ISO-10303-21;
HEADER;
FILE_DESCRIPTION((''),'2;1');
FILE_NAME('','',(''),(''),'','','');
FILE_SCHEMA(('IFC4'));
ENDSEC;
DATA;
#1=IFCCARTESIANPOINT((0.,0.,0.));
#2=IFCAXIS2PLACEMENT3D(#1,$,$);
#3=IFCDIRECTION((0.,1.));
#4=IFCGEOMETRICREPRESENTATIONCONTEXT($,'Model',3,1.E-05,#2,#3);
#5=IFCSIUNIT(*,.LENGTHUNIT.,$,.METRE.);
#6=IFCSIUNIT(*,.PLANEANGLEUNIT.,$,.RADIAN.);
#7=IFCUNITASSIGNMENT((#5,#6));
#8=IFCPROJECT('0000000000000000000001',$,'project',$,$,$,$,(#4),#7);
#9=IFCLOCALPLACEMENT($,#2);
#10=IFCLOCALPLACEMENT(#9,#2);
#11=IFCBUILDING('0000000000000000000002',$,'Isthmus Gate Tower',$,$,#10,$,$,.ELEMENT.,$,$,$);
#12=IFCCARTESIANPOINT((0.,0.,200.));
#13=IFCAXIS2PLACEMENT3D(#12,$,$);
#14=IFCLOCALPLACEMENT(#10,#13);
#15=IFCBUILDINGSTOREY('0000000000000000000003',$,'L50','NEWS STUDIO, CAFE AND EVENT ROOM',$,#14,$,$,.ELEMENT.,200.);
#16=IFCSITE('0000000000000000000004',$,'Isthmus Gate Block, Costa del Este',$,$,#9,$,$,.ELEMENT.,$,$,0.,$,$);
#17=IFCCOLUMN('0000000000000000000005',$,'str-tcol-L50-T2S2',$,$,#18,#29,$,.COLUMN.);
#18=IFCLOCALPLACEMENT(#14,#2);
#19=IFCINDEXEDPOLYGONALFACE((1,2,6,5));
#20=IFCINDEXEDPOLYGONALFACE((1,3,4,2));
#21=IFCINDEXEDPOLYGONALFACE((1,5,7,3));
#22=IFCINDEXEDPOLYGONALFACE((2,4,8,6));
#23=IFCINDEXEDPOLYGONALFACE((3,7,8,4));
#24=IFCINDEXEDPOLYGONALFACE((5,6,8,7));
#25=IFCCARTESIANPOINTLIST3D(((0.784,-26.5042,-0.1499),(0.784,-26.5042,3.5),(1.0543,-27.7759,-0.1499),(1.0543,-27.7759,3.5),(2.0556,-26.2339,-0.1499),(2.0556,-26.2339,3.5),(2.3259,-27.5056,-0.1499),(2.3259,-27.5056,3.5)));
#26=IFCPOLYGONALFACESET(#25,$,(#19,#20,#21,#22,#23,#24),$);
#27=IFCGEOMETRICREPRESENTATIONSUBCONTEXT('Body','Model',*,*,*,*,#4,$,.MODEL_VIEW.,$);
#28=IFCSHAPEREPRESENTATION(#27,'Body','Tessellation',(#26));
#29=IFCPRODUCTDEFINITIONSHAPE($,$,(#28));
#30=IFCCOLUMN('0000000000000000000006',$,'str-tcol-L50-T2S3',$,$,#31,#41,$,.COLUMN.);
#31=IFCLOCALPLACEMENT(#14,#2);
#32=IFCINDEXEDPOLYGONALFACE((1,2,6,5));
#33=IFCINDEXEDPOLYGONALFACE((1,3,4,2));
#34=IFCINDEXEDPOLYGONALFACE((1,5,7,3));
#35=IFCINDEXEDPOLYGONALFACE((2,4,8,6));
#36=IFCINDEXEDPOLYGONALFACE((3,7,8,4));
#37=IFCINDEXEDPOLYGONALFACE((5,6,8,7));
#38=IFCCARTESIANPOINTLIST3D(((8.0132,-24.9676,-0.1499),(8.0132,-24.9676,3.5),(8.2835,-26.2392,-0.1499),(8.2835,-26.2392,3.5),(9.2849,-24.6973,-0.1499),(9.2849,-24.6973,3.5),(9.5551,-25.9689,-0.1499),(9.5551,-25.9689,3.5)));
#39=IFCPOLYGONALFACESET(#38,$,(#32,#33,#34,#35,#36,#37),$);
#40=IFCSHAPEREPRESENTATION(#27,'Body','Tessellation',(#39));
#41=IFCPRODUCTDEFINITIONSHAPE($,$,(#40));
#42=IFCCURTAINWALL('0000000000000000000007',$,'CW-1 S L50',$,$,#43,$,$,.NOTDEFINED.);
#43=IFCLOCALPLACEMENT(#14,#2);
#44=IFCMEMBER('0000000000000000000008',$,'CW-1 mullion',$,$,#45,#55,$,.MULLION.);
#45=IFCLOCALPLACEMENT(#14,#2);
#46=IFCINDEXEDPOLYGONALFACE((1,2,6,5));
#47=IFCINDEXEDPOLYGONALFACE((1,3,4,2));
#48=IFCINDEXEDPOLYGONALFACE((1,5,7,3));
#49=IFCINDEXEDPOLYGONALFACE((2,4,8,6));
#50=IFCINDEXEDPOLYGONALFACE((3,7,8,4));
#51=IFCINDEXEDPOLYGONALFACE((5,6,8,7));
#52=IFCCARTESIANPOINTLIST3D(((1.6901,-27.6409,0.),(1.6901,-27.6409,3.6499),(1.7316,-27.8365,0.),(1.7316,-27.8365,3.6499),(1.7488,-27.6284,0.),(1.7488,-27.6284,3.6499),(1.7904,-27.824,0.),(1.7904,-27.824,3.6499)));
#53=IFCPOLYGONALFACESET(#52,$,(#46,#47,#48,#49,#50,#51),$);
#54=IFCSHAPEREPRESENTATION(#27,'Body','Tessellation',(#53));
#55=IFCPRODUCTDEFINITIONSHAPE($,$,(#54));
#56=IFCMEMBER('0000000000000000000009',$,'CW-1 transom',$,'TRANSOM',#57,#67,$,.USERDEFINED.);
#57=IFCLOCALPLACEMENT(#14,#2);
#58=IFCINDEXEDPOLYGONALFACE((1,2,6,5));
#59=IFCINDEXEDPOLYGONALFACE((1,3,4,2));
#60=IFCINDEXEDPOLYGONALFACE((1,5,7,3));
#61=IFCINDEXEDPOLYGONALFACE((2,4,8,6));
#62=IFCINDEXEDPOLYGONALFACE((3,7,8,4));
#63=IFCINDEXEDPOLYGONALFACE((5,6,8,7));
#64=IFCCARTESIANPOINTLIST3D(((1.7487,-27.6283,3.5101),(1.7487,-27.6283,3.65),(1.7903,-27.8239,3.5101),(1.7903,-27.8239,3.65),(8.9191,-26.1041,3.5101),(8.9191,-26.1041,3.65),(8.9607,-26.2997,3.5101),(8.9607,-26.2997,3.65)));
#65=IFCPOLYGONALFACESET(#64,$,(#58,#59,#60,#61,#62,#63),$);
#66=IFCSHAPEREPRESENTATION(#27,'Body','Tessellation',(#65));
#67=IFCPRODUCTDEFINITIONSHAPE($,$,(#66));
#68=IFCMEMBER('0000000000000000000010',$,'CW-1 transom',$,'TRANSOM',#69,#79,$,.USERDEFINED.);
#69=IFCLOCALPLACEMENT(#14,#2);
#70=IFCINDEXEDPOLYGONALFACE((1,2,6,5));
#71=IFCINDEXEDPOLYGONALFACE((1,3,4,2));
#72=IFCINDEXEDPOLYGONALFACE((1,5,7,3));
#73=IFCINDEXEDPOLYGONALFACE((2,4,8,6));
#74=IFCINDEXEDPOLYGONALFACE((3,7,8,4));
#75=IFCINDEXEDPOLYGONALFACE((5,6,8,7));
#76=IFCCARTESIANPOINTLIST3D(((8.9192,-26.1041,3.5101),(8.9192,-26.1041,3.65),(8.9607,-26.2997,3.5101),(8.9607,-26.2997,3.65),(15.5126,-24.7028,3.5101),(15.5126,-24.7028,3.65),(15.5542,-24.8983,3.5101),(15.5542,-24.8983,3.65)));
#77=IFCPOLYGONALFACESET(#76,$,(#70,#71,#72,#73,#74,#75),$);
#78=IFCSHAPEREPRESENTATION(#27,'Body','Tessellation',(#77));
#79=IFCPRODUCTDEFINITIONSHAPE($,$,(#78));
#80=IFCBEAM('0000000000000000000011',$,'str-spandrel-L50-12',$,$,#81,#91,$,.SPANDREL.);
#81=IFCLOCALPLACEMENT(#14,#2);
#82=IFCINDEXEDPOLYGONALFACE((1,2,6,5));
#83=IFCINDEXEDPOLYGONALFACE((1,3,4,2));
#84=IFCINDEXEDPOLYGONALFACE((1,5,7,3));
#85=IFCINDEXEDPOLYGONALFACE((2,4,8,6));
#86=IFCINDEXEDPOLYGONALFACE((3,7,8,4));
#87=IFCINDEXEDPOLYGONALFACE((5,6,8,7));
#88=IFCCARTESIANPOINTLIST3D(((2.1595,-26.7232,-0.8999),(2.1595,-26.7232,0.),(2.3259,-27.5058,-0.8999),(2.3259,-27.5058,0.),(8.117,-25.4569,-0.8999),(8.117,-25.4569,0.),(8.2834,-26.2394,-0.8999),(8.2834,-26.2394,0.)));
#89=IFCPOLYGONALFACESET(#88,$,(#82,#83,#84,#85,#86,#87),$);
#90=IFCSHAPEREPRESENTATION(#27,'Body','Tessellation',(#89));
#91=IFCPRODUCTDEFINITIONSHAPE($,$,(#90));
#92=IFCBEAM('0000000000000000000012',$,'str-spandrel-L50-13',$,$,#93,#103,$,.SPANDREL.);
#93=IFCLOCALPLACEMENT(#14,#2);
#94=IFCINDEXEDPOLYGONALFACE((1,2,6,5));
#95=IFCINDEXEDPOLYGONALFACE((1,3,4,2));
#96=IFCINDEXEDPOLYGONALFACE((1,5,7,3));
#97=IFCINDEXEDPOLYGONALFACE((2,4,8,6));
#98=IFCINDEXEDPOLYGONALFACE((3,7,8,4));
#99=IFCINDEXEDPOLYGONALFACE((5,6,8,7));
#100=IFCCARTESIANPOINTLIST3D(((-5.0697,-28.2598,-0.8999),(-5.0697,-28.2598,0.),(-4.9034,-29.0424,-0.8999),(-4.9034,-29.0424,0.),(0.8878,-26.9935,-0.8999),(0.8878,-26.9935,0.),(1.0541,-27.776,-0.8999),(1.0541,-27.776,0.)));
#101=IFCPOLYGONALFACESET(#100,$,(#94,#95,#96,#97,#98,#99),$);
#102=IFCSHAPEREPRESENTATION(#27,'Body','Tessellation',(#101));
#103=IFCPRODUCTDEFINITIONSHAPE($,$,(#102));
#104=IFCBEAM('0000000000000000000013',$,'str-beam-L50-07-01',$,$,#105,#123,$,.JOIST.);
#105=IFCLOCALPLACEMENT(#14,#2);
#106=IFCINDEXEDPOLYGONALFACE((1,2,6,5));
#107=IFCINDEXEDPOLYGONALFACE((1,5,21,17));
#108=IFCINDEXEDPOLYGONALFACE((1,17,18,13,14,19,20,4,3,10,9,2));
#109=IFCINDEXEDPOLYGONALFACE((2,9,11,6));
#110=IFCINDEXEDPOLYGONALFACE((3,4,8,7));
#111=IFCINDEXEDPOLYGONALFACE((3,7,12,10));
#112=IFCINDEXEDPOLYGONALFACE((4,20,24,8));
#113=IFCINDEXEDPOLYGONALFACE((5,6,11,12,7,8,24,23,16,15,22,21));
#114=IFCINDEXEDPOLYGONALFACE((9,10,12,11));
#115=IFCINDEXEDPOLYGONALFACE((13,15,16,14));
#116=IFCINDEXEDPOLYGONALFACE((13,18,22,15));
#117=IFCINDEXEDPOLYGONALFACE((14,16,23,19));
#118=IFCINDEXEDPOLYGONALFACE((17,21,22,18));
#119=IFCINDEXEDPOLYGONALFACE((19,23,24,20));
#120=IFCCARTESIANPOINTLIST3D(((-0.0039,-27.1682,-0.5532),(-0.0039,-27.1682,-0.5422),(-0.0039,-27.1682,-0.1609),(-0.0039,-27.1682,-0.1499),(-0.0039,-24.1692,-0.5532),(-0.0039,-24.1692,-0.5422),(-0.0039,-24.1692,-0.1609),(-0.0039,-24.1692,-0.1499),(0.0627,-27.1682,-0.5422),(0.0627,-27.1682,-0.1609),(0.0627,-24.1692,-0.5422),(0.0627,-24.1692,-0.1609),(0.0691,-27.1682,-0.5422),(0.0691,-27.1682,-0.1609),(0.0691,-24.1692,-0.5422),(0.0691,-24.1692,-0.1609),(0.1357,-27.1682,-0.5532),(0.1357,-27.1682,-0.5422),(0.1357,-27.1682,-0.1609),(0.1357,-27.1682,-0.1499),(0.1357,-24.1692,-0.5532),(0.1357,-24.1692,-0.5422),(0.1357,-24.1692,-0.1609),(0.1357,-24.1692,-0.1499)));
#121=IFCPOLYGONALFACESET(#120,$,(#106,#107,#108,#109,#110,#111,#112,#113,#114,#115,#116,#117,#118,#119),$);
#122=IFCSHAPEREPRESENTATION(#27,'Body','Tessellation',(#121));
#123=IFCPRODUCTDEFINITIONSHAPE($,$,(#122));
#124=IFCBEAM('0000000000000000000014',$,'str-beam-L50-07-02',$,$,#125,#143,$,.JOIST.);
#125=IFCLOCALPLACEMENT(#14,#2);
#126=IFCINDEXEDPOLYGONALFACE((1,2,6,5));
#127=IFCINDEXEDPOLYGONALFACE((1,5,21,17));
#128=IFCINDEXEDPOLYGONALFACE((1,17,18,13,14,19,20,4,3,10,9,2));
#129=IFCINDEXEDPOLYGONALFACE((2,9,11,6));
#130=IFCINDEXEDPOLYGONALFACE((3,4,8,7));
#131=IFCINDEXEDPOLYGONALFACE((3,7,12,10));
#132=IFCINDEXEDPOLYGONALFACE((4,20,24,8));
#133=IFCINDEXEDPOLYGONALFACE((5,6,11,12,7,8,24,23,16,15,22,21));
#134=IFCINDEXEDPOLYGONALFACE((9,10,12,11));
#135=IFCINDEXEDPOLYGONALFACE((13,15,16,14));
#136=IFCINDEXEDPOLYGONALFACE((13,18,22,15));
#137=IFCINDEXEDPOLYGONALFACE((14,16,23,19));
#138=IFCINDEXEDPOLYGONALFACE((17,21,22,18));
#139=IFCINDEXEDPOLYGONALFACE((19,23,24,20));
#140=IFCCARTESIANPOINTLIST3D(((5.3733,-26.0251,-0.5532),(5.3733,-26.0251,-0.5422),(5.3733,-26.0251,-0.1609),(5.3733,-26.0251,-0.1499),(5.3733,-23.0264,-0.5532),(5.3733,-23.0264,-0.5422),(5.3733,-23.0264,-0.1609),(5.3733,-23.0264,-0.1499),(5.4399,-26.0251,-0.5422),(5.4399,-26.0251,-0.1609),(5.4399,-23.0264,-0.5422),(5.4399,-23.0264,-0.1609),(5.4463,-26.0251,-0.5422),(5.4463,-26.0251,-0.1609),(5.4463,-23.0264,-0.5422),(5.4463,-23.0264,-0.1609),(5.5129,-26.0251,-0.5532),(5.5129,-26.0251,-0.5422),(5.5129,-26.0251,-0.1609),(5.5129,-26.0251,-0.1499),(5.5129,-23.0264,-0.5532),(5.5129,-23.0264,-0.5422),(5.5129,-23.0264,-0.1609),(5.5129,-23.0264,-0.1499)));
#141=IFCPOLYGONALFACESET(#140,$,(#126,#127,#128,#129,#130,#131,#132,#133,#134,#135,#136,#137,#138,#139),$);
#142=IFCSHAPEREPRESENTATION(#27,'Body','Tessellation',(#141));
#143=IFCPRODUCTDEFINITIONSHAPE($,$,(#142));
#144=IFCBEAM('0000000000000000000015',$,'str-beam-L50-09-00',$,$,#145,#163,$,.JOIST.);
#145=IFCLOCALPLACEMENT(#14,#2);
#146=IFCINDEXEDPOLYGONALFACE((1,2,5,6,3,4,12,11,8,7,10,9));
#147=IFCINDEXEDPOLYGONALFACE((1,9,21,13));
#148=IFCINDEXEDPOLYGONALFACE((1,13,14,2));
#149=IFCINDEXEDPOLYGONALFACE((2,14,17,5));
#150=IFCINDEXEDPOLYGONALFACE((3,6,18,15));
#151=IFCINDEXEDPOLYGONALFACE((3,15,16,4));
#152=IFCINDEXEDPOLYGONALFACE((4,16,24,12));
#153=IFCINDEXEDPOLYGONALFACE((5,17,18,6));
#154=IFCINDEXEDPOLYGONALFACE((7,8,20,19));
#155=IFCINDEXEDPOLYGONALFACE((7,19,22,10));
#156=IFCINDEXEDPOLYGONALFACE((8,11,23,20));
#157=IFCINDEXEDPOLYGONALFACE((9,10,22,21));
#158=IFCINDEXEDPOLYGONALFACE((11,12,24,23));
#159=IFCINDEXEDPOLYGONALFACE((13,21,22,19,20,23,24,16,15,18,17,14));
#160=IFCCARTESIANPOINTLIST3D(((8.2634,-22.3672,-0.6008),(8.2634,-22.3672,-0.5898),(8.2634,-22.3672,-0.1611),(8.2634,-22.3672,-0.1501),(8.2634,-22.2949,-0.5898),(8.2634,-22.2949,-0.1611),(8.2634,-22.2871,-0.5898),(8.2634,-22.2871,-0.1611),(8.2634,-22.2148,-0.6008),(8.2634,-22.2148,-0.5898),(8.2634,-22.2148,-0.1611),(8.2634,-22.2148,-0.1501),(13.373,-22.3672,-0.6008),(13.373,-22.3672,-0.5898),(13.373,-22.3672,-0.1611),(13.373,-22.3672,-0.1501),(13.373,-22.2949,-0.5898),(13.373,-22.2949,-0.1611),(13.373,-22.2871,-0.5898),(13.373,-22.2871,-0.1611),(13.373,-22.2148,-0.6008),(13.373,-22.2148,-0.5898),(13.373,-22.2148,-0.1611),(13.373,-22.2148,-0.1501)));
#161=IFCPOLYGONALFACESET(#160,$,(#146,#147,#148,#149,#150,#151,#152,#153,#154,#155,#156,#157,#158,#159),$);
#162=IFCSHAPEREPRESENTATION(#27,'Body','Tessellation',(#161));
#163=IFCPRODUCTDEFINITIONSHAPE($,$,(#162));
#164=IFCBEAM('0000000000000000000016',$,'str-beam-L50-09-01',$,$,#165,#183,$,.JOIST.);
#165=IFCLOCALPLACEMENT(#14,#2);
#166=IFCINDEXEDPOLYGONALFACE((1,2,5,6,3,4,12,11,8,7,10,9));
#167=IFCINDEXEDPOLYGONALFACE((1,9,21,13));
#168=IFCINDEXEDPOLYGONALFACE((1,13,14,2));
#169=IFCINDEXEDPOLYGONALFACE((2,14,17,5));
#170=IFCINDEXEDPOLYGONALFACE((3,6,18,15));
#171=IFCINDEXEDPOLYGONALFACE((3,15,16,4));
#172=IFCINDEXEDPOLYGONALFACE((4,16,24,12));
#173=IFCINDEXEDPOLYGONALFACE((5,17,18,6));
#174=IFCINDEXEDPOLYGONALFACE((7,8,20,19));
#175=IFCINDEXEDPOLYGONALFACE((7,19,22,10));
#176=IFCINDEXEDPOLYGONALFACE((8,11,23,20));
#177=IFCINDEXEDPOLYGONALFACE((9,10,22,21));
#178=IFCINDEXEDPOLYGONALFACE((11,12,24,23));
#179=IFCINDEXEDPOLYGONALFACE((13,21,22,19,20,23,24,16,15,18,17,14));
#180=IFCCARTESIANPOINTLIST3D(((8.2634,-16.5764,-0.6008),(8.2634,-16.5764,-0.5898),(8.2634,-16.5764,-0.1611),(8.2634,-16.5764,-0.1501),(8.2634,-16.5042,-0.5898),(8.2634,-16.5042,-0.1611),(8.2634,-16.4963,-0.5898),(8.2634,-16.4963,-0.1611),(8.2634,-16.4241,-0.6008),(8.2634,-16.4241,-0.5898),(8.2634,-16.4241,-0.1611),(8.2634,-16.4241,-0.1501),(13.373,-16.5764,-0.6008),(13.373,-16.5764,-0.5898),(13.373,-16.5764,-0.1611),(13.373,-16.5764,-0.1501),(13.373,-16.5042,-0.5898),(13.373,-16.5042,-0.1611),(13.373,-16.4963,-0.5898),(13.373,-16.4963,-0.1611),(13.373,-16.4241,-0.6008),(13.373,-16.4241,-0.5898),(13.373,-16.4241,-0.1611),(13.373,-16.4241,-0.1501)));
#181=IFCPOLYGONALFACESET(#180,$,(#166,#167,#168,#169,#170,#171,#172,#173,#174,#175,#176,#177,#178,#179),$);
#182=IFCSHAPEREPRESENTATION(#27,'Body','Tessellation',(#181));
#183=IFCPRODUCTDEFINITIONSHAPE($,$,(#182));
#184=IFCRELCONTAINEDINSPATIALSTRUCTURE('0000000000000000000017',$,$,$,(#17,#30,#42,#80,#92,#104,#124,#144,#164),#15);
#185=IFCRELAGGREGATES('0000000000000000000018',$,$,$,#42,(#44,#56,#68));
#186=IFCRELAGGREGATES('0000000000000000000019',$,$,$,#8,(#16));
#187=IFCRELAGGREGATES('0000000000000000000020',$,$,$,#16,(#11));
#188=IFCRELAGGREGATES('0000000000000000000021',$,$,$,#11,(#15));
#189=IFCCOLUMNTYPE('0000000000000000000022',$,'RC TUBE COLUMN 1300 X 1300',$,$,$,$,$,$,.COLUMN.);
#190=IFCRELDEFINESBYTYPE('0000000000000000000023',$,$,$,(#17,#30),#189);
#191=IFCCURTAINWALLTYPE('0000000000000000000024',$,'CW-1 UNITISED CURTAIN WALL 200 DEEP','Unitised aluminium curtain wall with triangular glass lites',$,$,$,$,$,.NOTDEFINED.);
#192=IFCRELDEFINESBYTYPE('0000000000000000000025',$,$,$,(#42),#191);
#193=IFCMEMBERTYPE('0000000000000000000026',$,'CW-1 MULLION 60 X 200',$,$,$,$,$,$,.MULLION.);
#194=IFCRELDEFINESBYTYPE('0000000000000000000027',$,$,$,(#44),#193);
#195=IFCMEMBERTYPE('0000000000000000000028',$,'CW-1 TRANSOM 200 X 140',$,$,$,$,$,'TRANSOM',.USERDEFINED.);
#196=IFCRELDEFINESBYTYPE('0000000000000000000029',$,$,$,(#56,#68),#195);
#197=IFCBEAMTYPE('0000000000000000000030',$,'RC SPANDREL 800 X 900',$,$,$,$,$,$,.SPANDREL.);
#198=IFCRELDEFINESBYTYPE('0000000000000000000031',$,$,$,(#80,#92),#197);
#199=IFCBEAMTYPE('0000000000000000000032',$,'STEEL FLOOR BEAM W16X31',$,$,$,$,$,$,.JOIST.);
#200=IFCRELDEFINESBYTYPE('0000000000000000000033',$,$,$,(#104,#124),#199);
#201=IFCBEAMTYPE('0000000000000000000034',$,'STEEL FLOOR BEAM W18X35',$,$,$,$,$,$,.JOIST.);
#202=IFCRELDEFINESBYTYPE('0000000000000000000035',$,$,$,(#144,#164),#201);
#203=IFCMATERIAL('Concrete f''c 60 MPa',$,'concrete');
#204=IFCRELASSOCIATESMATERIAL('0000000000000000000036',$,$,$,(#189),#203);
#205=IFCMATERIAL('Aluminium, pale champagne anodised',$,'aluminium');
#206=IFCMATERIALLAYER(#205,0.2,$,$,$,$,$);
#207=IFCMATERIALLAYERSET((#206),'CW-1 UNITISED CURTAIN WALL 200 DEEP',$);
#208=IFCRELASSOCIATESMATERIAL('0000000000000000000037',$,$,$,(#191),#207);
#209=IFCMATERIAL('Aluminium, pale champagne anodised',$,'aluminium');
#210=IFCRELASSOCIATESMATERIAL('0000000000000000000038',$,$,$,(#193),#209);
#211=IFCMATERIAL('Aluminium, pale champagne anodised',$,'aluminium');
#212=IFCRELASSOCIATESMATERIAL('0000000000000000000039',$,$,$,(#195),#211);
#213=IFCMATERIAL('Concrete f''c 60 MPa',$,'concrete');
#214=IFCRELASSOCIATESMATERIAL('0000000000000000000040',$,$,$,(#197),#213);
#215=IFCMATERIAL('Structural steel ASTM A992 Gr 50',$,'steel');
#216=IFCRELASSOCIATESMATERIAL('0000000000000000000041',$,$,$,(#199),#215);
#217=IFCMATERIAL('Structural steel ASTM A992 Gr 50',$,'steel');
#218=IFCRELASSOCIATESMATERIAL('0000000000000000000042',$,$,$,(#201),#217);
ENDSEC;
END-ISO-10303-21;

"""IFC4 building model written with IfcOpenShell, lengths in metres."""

from ifc_helpers import new_model, si_unit, direction, frame, origin, origin_2d, place, context, subcontext, project, spatial, rectangle, i_section, extrude, material, layer, layer_set, material_profile, profile_set, type_object, element, aggregate, save


model = new_model("IFC4")

# Units and contexts
model_context = context("Model", 3, precision=1e-05, world=origin(), true_north=direction((0.0, 1.0)))
body_context = subcontext(model_context, "Body", "Model", "MODEL_VIEW")
ifc_project = project(units=[si_unit("LENGTHUNIT", "METRE"), si_unit("PLANEANGLEUNIT", "RADIAN")], contexts=[model_context])

# Site, building, storey
site_placement = place(None, origin())
site = spatial("IfcSite", under=ifc_project, at=site_placement, Name="Isthmus Gate Block, Costa del Este", CompositionType="ELEMENT", RefElevation=0.0)
building_placement = place(site_placement, origin())
building = spatial("IfcBuilding", under=site, at=building_placement, Name="Isthmus Gate Tower", CompositionType="ELEMENT")
storey_placement = place(building_placement, frame((0.0, 0.0, 200.0)))
storey = spatial("IfcBuildingStorey", under=building, at=storey_placement, Name="L50", Description="NEWS STUDIO, CAFE AND EVENT ROOM", CompositionType="ELEMENT", Elevation=200.0)

# Columns
ifc_material_1 = material(Name="Concrete f'c 60 MPa", Category="concrete")
ifc_material_profile_1 = material_profile(ifc_material_1, rectangle(XDim=1.3, YDim=1.3, at=origin_2d()), Name="RC 1300X1300")
ifc_profile_set_1 = profile_set([ifc_material_profile_1], Name="Concrete f'c 60 MPa")
column_type = type_object("IfcColumnType", Name="RC TUBE COLUMN 1300 X 1300", PredefinedType="COLUMN", material=ifc_profile_set_1)
for number, where, z_axis, x_axis, name in (
    (1, (1.5549, -27.0049, -0.1499), (0.0, 0.0, 1.0), (0.978148, 0.207912, 0.0), "str-tcol-L50-T2S2"),
    (2, (8.7842, -25.4683, -0.1499), (0.0, 0.0, 1.0), (0.978148, 0.207912, 0.0), "str-tcol-L50-T2S3"),
):
    element("IfcColumn", number, at=place(storey_placement, frame(where, z_axis=z_axis, x_axis=x_axis)), inside=storey, type_object=column_type, Name=name, PredefinedType="COLUMN", context=body_context, shape_type="SweptSolid", body=[
        extrude(rectangle(XDim=1.3, YDim=1.3, at=origin_2d()), origin(), (0.0, 0.0, 1.0), 3.6499),
    ])

# Curtain wall, members
ifc_material_2 = material(Name="Aluminium, pale champagne anodised", Category="aluminium")
ifc_layer_1 = layer(ifc_material_2, 0.2)
ifc_layer_set_1 = layer_set([ifc_layer_1], Name="CW-1 UNITISED CURTAIN WALL 200 DEEP")
curtain_wall_type = type_object("IfcCurtainWallType", Name="CW-1 UNITISED CURTAIN WALL 200 DEEP", Description="Unitised aluminium curtain wall with triangular glass lites", PredefinedType="NOTDEFINED", material=ifc_layer_set_1)
curtain_wall_placement = place(storey_placement, origin())
curtain_wall = element("IfcCurtainWall", 3, at=curtain_wall_placement, inside=storey, type_object=curtain_wall_type, Name="CW-1 S L50", PredefinedType="NOTDEFINED")
ifc_material_3 = material(Name="Aluminium, pale champagne anodised", Category="aluminium")
ifc_material_profile_2 = material_profile(ifc_material_3, rectangle(XDim=0.0601, YDim=0.2, at=origin_2d()), Name="60x200")
ifc_profile_set_2 = profile_set([ifc_material_profile_2], Name="Aluminium, pale champagne anodised")
member_type_1 = type_object("IfcMemberType", Name="CW-1 MULLION 60 X 200", PredefinedType="MULLION", material=ifc_profile_set_2)
member_1_placement = place(storey_placement, frame((1.7402, -27.7324, 0.0), z_axis=(0.0, 0.0, 1.0), x_axis=(0.978148, 0.207912, 0.0)))
member_1 = element("IfcMember", 4, at=member_1_placement, type_object=member_type_1, Name="CW-1 mullion", PredefinedType="MULLION", context=body_context, shape_type="SweptSolid", body=[
    extrude(rectangle(XDim=0.0601, YDim=0.2, at=origin_2d()), origin(), (0.0, 0.0, 1.0), 3.6499),
])
ifc_material_4 = material(Name="Aluminium, pale champagne anodised", Category="aluminium")
ifc_material_profile_3 = material_profile(ifc_material_4, rectangle(XDim=0.2, YDim=0.1399, at=origin_2d()), Name="200x140")
ifc_profile_set_3 = profile_set([ifc_material_profile_3], Name="Aluminium, pale champagne anodised")
member_type_2 = type_object("IfcMemberType", Name="CW-1 TRANSOM 200 X 140", ElementType="TRANSOM", PredefinedType="USERDEFINED", material=ifc_profile_set_3)
member_2_placement = place(storey_placement, frame((1.7695, -27.7261, 3.5801), z_axis=(0.978146, 0.207919, 0.0), x_axis=(-0.207919, 0.978146, 0.0)))
member_2 = element("IfcMember", 5, at=member_2_placement, type_object=member_type_2, Name="CW-1 transom", ObjectType="TRANSOM", PredefinedType="USERDEFINED", context=body_context, shape_type="SweptSolid", body=[
    extrude(rectangle(XDim=0.2, YDim=0.1399, at=origin_2d()), origin(), (0.0, 0.0, 1.0), 7.3306),
])
member_3_placement = place(storey_placement, frame((8.9399, -26.2019, 3.5801), z_axis=(0.978151, 0.207894, 0.0), x_axis=(-0.207894, 0.978151, 0.0)))
member_3 = element("IfcMember", 6, at=member_3_placement, type_object=member_type_2, Name="CW-1 transom", ObjectType="TRANSOM", PredefinedType="USERDEFINED", context=body_context, shape_type="SweptSolid", body=[
    extrude(rectangle(XDim=0.2, YDim=0.1399, at=origin_2d()), origin(), (0.0, 0.0, 1.0), 6.7407),
])

# Beams
ifc_material_5 = material(Name="Concrete f'c 60 MPa", Category="concrete")
ifc_material_profile_4 = material_profile(ifc_material_5, rectangle(XDim=0.8, YDim=0.8999, at=origin_2d()), Name="RC 800X900")
ifc_profile_set_4 = profile_set([ifc_material_profile_4], Name="Concrete f'c 60 MPa")
beam_type_1 = type_object("IfcBeamType", Name="RC SPANDREL 800 X 900", PredefinedType="SPANDREL", material=ifc_profile_set_4)
for number, where, z_axis, x_axis, name in (
    (7, (8.2002, -25.8481, -0.45), (-0.978146, -0.207919, 0.0), (0.207919, -0.978146, 0.0), "str-spandrel-L50-12"),
    (8, (0.9709, -27.3848, -0.45), (-0.978146, -0.207919, 0.0), (0.207919, -0.978146, 0.0), "str-spandrel-L50-13"),
):
    element("IfcBeam", number, at=place(storey_placement, frame(where, z_axis=z_axis, x_axis=x_axis)), inside=storey, type_object=beam_type_1, Name=name, PredefinedType="SPANDREL", context=body_context, shape_type="SweptSolid", body=[
        extrude(rectangle(XDim=0.8, YDim=0.8999, at=origin_2d()), origin(), (0.0, 0.0, 1.0), 6.0906),
    ])
ifc_material_6 = material(Name="Structural steel ASTM A992 Gr 50", Category="steel")
ifc_material_profile_5 = material_profile(ifc_material_6, i_section(OverallWidth=0.1396, OverallDepth=0.4033, WebThickness=0.0063, FlangeThickness=0.011, at=origin_2d()), Name="W16X31")
ifc_profile_set_5 = profile_set([ifc_material_profile_5], Name="Structural steel ASTM A992 Gr 50")
beam_type_2 = type_object("IfcBeamType", Name="STEEL FLOOR BEAM W16X31", PredefinedType="JOIST", material=ifc_profile_set_5)
beam_1_placement = place(storey_placement, frame((0.0659, -27.1682, -0.3516), z_axis=(0.0, 1.0, 0.0), x_axis=(-1.0, 0.0, 0.0)))
element("IfcBeam", 9, at=beam_1_placement, inside=storey, type_object=beam_type_2, Name="str-beam-L50-07-01", PredefinedType="JOIST", context=body_context, shape_type="SweptSolid", body=[
    extrude(i_section(OverallWidth=0.1396, OverallDepth=0.4033, WebThickness=0.0063, FlangeThickness=0.011, at=origin_2d()), origin(), (0.0, 0.0, 1.0), 2.999),
])
beam_2_placement = place(storey_placement, frame((5.4431, -26.0251, -0.3516), z_axis=(0.0, 1.0, 0.0), x_axis=(-1.0, 0.0, 0.0)))
element("IfcBeam", 10, at=beam_2_placement, inside=storey, type_object=beam_type_2, Name="str-beam-L50-07-02", PredefinedType="JOIST", context=body_context, shape_type="SweptSolid", body=[
    extrude(i_section(OverallWidth=0.1396, OverallDepth=0.4033, WebThickness=0.0063, FlangeThickness=0.011, at=origin_2d()), origin(), (0.0, 0.0, 1.0), 2.9988),
])
ifc_material_7 = material(Name="Structural steel ASTM A992 Gr 50", Category="steel")
ifc_material_profile_6 = material_profile(ifc_material_7, i_section(OverallWidth=0.1523, OverallDepth=0.4507, WebThickness=0.0078, FlangeThickness=0.011, at=origin_2d()), Name="W18X35")
ifc_profile_set_6 = profile_set([ifc_material_profile_6], Name="Structural steel ASTM A992 Gr 50")
beam_type_3 = type_object("IfcBeamType", Name="STEEL FLOOR BEAM W18X35", PredefinedType="JOIST", material=ifc_profile_set_6)
for number, where, z_axis, x_axis, name in (
    (11, (8.2634, -22.291, -0.3755), (1.0, 0.0, 0.0), (0.0, 1.0, 0.0), "str-beam-L50-09-00"),
    (12, (8.2634, -16.5002, -0.3755), (1.0, 0.0, 0.0), (0.0, 1.0, 0.0), "str-beam-L50-09-01"),
):
    element("IfcBeam", number, at=place(storey_placement, frame(where, z_axis=z_axis, x_axis=x_axis)), inside=storey, type_object=beam_type_3, Name=name, PredefinedType="JOIST", context=body_context, shape_type="SweptSolid", body=[
        extrude(i_section(OverallWidth=0.1523, OverallDepth=0.4507, WebThickness=0.0078, FlangeThickness=0.011, at=origin_2d()), origin(), (0.0, 0.0, 1.0), 5.1096),
    ])

aggregate(curtain_wall, [member_1, member_2, member_3])

save(model, "model.ifc")
